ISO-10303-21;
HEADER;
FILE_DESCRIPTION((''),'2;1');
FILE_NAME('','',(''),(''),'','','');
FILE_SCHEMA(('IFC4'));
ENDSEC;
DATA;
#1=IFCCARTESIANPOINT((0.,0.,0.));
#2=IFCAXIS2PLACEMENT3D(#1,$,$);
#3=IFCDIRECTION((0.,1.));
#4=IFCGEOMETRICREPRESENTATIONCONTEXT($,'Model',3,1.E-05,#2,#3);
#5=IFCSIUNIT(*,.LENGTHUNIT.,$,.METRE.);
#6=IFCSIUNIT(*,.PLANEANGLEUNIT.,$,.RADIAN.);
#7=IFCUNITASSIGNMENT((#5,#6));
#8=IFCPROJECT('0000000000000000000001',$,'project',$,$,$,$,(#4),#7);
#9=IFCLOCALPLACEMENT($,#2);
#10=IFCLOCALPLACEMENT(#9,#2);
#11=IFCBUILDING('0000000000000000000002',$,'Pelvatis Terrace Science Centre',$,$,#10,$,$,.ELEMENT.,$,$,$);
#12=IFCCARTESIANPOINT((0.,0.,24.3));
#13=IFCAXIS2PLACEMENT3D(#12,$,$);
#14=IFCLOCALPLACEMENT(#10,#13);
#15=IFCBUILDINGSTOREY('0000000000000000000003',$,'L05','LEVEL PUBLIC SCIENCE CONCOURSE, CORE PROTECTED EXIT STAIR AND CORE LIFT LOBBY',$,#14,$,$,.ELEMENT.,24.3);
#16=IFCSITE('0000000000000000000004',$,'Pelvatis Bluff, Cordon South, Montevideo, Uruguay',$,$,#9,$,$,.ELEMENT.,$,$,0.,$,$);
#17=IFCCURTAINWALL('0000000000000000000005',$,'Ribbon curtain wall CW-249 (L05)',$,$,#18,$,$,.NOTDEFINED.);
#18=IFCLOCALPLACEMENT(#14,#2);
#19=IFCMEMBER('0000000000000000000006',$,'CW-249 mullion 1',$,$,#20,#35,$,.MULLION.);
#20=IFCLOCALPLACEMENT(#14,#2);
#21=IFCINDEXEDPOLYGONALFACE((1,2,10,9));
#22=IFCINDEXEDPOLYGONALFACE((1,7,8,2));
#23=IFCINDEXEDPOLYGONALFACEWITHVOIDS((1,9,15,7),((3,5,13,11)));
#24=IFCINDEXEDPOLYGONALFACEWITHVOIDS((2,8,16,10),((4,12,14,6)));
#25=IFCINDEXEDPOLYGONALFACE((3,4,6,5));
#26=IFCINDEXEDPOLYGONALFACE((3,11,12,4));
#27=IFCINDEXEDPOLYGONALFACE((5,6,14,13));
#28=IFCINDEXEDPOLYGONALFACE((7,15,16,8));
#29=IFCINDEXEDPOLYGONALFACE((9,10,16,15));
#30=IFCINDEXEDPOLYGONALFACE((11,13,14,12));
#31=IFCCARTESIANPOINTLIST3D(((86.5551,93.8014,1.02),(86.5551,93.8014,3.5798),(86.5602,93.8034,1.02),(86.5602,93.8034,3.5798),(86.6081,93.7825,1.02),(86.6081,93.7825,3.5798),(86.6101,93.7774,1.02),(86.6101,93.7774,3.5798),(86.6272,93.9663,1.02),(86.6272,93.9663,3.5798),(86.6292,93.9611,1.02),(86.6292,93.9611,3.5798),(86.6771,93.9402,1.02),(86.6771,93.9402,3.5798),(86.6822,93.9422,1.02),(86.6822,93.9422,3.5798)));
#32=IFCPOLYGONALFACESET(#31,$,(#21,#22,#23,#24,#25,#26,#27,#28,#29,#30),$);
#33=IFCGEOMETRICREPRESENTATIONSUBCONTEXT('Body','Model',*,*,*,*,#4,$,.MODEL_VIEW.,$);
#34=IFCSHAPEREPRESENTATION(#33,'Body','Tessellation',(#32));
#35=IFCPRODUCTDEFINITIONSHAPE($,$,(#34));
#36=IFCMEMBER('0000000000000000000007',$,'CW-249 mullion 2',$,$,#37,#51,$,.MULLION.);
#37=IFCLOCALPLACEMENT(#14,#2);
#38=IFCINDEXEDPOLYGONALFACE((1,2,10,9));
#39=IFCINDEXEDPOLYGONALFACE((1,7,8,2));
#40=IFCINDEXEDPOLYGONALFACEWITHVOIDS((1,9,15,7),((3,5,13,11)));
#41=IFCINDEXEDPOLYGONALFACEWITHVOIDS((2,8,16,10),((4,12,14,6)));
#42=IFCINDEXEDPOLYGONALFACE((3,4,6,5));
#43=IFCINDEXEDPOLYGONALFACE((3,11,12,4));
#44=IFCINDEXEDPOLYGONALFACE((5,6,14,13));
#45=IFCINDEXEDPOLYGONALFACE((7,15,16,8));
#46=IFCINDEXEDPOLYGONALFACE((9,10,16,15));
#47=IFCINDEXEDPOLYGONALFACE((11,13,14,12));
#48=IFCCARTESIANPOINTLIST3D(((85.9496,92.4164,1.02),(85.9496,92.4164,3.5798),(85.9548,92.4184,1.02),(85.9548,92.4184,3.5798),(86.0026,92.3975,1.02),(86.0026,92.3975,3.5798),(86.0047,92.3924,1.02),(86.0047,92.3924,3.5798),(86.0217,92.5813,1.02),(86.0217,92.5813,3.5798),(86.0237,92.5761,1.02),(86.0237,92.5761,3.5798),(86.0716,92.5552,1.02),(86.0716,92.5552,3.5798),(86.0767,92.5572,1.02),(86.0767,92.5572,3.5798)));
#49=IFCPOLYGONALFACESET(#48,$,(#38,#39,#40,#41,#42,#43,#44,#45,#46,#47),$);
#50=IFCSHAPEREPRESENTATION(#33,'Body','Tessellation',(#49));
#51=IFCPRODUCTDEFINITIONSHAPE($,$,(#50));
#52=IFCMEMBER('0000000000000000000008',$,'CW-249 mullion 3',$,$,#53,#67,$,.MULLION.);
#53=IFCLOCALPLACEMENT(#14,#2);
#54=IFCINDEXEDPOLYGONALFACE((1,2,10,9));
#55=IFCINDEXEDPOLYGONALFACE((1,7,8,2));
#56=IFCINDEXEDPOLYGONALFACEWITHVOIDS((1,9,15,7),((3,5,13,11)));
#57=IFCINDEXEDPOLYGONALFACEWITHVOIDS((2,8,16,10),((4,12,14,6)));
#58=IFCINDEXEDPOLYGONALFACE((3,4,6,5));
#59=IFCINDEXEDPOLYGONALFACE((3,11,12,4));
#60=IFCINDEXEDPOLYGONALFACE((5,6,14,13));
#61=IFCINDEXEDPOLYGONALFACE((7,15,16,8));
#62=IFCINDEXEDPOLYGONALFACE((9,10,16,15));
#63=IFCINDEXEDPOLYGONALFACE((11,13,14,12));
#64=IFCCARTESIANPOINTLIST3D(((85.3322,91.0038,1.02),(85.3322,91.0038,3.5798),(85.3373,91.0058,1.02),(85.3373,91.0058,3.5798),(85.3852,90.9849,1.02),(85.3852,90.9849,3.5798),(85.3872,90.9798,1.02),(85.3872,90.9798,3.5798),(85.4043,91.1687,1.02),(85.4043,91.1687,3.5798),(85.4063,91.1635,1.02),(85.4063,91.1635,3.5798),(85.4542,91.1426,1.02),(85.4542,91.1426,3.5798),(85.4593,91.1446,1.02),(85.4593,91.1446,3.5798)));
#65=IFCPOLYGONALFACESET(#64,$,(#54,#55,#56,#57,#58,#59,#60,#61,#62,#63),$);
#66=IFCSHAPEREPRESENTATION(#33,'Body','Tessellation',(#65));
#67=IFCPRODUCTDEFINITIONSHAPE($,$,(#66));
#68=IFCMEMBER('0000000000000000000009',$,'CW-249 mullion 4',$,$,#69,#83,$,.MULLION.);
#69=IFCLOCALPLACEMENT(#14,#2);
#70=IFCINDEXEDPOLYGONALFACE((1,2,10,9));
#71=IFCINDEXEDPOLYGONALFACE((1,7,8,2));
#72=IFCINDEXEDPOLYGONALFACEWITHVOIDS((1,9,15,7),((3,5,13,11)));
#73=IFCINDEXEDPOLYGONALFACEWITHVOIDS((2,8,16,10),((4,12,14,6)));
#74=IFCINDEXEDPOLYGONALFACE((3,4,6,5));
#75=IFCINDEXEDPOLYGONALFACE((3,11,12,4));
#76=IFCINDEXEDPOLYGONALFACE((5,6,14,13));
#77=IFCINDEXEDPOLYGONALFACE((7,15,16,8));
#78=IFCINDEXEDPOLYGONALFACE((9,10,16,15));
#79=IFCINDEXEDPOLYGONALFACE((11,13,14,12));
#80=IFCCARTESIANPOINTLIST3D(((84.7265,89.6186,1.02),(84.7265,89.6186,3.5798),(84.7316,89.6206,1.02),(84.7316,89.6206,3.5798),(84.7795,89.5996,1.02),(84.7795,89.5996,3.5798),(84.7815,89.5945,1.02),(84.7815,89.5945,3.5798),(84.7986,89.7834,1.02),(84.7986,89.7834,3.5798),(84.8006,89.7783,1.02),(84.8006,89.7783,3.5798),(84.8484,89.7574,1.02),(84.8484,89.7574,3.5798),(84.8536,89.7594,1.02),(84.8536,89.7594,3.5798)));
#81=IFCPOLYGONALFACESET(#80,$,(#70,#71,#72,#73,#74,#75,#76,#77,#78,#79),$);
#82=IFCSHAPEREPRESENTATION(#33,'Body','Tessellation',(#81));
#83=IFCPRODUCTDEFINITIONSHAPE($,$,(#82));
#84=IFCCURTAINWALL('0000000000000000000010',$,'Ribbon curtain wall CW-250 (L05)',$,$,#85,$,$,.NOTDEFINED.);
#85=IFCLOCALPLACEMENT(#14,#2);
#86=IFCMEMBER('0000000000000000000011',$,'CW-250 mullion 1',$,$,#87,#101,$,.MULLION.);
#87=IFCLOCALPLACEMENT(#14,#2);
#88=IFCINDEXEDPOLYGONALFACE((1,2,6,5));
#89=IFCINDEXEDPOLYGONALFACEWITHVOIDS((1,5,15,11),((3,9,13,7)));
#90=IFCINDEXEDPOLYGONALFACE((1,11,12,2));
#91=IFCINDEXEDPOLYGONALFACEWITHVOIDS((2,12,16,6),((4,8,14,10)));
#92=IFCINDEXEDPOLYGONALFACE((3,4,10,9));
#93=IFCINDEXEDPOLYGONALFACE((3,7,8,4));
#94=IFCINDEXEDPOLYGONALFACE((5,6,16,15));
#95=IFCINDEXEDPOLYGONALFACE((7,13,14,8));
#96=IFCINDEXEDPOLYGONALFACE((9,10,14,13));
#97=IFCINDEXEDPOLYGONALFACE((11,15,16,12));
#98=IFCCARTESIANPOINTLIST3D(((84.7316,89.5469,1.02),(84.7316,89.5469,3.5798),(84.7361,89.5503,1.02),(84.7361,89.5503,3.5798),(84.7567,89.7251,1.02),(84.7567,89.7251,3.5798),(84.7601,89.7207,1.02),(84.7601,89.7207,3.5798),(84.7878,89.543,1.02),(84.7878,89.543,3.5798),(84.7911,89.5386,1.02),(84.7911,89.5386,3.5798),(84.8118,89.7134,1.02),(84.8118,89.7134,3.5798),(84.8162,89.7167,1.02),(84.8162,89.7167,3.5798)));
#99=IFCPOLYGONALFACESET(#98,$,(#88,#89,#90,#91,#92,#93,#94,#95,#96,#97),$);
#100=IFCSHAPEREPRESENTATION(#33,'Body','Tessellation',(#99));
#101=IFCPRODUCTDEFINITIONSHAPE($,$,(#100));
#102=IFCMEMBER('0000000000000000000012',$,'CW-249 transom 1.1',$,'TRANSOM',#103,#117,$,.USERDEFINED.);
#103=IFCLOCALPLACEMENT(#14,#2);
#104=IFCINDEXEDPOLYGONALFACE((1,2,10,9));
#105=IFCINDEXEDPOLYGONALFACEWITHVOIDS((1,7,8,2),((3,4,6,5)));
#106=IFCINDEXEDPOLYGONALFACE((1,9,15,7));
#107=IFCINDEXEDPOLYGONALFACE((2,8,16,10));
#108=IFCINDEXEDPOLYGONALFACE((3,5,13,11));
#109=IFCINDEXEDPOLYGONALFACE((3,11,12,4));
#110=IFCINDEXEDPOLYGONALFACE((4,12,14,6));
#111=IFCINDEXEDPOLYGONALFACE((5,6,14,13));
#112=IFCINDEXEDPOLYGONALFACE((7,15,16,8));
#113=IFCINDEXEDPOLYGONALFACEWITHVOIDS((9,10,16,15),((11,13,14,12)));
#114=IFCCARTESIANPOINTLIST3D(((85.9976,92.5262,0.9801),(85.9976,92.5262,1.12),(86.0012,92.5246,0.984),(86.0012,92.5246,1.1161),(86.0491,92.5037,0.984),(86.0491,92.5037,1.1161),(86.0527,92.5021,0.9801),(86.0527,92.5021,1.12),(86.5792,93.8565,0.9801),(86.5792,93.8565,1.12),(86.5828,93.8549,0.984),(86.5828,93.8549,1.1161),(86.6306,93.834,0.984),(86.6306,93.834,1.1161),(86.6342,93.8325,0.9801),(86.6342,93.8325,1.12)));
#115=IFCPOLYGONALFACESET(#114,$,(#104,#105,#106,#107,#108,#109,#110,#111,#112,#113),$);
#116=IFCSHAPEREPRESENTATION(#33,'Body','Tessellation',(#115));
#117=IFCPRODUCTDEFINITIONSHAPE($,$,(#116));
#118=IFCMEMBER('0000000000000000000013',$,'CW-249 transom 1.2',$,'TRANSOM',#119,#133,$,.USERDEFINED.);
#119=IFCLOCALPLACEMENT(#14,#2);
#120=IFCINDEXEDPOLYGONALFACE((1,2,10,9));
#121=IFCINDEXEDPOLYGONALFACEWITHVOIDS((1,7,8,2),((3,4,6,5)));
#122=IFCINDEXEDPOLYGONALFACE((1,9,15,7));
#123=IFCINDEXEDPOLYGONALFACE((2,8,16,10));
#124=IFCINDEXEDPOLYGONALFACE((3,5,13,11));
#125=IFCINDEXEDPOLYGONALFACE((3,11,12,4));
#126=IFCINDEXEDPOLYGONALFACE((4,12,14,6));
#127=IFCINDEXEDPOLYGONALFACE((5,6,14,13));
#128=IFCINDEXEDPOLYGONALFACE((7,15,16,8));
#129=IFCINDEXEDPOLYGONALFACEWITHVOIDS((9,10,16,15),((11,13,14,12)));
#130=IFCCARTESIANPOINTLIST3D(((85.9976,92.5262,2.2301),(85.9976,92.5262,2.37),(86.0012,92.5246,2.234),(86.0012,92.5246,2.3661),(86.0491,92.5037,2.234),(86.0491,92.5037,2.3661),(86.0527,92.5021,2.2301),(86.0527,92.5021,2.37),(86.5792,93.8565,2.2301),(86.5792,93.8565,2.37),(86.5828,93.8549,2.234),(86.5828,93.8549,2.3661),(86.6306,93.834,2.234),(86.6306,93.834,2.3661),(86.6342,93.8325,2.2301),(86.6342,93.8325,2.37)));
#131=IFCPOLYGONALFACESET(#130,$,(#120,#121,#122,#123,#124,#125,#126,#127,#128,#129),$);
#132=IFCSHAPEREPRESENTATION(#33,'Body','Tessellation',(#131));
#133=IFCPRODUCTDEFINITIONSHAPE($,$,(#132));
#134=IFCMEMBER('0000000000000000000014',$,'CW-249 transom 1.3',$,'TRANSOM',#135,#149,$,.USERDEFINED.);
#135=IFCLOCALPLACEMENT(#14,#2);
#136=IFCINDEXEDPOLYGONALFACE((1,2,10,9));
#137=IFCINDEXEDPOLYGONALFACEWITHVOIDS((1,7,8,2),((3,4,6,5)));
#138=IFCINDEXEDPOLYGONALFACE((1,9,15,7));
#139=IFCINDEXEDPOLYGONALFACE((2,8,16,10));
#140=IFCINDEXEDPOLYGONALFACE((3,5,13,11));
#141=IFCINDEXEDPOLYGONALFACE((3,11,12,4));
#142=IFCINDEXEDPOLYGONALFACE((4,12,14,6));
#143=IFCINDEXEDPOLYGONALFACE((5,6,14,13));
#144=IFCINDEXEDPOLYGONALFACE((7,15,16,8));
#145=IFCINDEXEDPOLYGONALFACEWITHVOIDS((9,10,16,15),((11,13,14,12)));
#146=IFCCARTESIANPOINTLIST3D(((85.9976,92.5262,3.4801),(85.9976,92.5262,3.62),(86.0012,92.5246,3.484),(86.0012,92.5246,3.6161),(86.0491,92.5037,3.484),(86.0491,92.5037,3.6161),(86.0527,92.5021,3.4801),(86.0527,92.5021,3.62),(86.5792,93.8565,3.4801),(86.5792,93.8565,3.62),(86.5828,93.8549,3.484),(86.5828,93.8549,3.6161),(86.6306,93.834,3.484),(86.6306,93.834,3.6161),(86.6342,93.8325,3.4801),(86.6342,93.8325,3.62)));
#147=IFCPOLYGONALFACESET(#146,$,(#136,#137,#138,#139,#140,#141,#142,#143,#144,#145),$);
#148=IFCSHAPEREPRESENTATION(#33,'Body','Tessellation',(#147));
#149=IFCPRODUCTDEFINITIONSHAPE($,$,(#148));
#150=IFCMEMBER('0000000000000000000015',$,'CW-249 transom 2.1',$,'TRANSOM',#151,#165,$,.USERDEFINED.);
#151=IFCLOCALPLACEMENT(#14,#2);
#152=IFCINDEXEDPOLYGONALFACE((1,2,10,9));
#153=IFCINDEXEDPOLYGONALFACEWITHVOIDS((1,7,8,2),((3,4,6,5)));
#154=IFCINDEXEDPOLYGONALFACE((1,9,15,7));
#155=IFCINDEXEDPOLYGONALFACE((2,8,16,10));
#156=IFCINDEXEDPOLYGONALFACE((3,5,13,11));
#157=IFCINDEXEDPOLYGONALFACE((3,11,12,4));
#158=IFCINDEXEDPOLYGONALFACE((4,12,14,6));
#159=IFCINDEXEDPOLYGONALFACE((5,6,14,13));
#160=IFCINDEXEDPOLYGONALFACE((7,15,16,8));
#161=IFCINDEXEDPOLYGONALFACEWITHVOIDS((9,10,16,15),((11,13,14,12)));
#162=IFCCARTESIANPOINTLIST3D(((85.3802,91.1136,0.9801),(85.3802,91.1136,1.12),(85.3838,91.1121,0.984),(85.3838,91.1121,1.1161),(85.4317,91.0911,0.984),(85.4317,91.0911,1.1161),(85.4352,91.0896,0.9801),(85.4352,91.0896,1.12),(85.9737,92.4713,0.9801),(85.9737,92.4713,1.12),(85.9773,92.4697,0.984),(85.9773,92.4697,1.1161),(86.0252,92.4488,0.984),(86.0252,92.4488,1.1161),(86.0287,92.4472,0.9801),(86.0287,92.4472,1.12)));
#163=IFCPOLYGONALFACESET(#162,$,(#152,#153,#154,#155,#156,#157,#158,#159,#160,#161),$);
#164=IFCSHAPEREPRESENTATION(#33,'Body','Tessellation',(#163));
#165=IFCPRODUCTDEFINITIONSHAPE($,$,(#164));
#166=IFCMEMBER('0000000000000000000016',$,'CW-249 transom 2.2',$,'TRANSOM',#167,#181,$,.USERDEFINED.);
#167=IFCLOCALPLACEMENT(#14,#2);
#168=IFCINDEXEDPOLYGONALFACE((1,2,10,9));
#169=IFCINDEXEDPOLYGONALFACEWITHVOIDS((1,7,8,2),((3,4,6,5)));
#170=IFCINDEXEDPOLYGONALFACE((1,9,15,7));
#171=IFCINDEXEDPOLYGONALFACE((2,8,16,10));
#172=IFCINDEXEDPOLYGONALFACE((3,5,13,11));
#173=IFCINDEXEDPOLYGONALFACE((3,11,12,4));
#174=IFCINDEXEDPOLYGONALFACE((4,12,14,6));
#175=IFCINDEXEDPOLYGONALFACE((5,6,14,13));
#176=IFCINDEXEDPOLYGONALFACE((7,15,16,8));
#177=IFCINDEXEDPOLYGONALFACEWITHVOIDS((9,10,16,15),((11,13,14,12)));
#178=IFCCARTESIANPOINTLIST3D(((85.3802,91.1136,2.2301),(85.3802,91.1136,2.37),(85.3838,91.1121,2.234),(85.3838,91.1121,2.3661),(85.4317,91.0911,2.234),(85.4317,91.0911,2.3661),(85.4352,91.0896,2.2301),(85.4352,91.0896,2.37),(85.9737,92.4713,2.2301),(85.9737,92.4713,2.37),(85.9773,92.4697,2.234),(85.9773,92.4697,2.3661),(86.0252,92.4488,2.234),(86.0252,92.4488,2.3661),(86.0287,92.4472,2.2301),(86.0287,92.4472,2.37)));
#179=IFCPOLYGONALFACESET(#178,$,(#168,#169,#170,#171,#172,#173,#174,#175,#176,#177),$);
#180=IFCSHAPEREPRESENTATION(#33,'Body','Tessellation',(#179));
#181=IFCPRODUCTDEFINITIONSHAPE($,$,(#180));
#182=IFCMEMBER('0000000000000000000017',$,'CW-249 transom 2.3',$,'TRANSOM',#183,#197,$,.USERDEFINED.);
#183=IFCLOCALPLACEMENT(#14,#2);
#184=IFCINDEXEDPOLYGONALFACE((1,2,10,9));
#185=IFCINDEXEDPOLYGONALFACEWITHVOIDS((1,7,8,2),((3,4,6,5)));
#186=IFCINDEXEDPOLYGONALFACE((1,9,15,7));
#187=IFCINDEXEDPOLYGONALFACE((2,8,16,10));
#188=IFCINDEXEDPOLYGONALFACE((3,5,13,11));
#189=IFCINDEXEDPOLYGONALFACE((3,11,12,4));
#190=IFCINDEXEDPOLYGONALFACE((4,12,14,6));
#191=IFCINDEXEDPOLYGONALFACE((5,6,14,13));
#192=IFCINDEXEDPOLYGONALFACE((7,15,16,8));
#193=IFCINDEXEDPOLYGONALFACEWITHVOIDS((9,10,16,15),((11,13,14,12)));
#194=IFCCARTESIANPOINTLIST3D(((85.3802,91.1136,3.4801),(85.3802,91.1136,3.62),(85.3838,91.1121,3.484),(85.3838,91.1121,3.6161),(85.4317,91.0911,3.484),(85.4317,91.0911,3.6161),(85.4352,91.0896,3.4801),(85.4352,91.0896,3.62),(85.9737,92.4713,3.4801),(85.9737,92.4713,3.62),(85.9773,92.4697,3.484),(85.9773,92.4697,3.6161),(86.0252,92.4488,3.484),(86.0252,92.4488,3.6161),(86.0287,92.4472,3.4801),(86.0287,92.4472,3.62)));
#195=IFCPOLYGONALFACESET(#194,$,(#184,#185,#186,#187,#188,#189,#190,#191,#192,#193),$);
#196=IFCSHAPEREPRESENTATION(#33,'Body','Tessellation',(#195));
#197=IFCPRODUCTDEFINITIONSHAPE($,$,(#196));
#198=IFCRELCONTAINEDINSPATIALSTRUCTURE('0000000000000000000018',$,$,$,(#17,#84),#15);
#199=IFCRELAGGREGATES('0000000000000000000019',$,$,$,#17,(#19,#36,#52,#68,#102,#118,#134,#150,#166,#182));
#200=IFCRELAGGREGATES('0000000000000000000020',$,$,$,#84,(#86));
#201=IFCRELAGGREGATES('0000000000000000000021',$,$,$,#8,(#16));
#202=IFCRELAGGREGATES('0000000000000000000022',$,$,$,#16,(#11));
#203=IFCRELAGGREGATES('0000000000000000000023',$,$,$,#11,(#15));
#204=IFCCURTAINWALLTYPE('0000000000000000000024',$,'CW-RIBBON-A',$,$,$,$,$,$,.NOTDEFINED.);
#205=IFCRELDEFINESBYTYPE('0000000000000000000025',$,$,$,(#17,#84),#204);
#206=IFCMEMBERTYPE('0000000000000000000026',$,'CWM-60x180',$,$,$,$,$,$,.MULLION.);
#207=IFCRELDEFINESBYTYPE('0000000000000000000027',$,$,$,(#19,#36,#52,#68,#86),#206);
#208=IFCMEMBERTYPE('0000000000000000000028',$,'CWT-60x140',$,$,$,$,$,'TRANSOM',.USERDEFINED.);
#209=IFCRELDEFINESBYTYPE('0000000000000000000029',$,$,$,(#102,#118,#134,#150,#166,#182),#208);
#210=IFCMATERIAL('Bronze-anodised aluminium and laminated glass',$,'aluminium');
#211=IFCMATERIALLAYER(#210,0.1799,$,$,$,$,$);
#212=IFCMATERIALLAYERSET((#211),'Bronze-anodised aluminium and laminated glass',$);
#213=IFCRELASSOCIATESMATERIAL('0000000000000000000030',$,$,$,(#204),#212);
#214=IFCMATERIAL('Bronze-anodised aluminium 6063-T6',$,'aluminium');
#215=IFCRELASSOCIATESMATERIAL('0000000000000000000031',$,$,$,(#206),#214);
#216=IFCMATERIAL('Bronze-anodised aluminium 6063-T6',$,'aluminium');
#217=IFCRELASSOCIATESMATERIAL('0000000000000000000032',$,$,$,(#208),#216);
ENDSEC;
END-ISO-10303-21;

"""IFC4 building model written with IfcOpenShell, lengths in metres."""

from ifc_helpers import new_model, si_unit, direction, frame, origin, origin_2d, place, context, subcontext, project, spatial, hollow_rectangle, extrude, material, layer, layer_set, material_profile, profile_set, type_object, element, aggregate, save


model = new_model("IFC4")

# Units and contexts
model_context = context("Model", 3, precision=1e-05, world=origin(), true_north=direction((0.0, 1.0)))
body_context = subcontext(model_context, "Body", "Model", "MODEL_VIEW")
ifc_project = project(units=[si_unit("LENGTHUNIT", "METRE"), si_unit("PLANEANGLEUNIT", "RADIAN")], contexts=[model_context])

# Site, building, storey
site_placement = place(None, origin())
site = spatial("IfcSite", under=ifc_project, at=site_placement, Name="Pelvatis Bluff, Cordon South, Montevideo, Uruguay", CompositionType="ELEMENT", RefElevation=0.0)
building_placement = place(site_placement, origin())
building = spatial("IfcBuilding", under=site, at=building_placement, Name="Pelvatis Terrace Science Centre", CompositionType="ELEMENT")
storey_placement = place(building_placement, frame((0.0, 0.0, 24.3)))
storey = spatial("IfcBuildingStorey", under=building, at=storey_placement, Name="L05", Description="LEVEL PUBLIC SCIENCE CONCOURSE, CORE PROTECTED EXIT STAIR AND CORE LIFT LOBBY", CompositionType="ELEMENT", Elevation=24.3)

# Curtain wall, members
ifc_material_1 = material(Name="Bronze-anodised aluminium and laminated glass", Category="aluminium")
ifc_layer_1 = layer(ifc_material_1, 0.1799)
ifc_layer_set_1 = layer_set([ifc_layer_1], Name="Bronze-anodised aluminium and laminated glass")
curtain_wall_type = type_object("IfcCurtainWallType", Name="CW-RIBBON-A", PredefinedType="NOTDEFINED", material=ifc_layer_set_1)
curtain_wall_1_placement = place(storey_placement, origin())
curtain_wall_1 = element("IfcCurtainWall", 1, at=curtain_wall_1_placement, inside=storey, type_object=curtain_wall_type, Name="Ribbon curtain wall CW-249 (L05)", PredefinedType="NOTDEFINED")
ifc_material_2 = material(Name="Bronze-anodised aluminium 6063-T6", Category="aluminium")
ifc_material_profile_1 = material_profile(ifc_material_2, hollow_rectangle(XDim=0.0601, YDim=0.1799, WallThickness=0.0039, at=origin_2d()), Name="ALU-MUL 60x180")
ifc_profile_set_1 = profile_set([ifc_material_profile_1], Name="Bronze-anodised aluminium 6063-T6")
member_type_1 = type_object("IfcMemberType", Name="CWM-60x180", PredefinedType="MULLION", material=ifc_profile_set_1)
member_1_placement = place(storey_placement, frame((86.6187, 93.8718, 1.02), z_axis=(0.0, 0.0, 1.0), x_axis=(0.916275, -0.40055, 0.0)))
member_1 = element("IfcMember", 2, at=member_1_placement, type_object=member_type_1, Name="CW-249 mullion 1", PredefinedType="MULLION", context=body_context, shape_type="SweptSolid", body=[
    extrude(hollow_rectangle(XDim=0.0601, YDim=0.1799, WallThickness=0.0039, at=origin_2d()), origin(), (0.0, 0.0, 1.0), 2.5598),
])
member_2_placement = place(storey_placement, frame((86.0132, 92.4868, 1.02), z_axis=(0.0, 0.0, 1.0), x_axis=(0.916275, -0.40055, 0.0)))
member_2 = element("IfcMember", 3, at=member_2_placement, type_object=member_type_1, Name="CW-249 mullion 2", PredefinedType="MULLION", context=body_context, shape_type="SweptSolid", body=[
    extrude(hollow_rectangle(XDim=0.0601, YDim=0.1799, WallThickness=0.0039, at=origin_2d()), origin(), (0.0, 0.0, 1.0), 2.5598),
])
member_3_placement = place(storey_placement, frame((85.3958, 91.0742, 1.02), z_axis=(0.0, 0.0, 1.0), x_axis=(0.916275, -0.40055, 0.0)))
member_3 = element("IfcMember", 4, at=member_3_placement, type_object=member_type_1, Name="CW-249 mullion 3", PredefinedType="MULLION", context=body_context, shape_type="SweptSolid", body=[
    extrude(hollow_rectangle(XDim=0.0601, YDim=0.1799, WallThickness=0.0039, at=origin_2d()), origin(), (0.0, 0.0, 1.0), 2.5598),
])
member_4_placement = place(storey_placement, frame((84.79, 89.689, 1.02), z_axis=(0.0, 0.0, 1.0), x_axis=(0.916275, -0.40055, 0.0)))
member_4 = element("IfcMember", 5, at=member_4_placement, type_object=member_type_1, Name="CW-249 mullion 4", PredefinedType="MULLION", context=body_context, shape_type="SweptSolid", body=[
    extrude(hollow_rectangle(XDim=0.0601, YDim=0.1799, WallThickness=0.0039, at=origin_2d()), origin(), (0.0, 0.0, 1.0), 2.5598),
])

# Curtain wall, member
curtain_wall_2_placement = place(storey_placement, origin())
curtain_wall_2 = element("IfcCurtainWall", 6, at=curtain_wall_2_placement, inside=storey, type_object=curtain_wall_type, Name="Ribbon curtain wall CW-250 (L05)", PredefinedType="NOTDEFINED")
member_5_placement = place(storey_placement, frame((84.7739, 89.6318, 1.02), z_axis=(0.0, 0.0, 1.0), x_axis=(0.990235, -0.139408, 0.0)))
member_5 = element("IfcMember", 7, at=member_5_placement, type_object=member_type_1, Name="CW-250 mullion 1", PredefinedType="MULLION", context=body_context, shape_type="SweptSolid", body=[
    extrude(hollow_rectangle(XDim=0.0601, YDim=0.1799, WallThickness=0.0039, at=origin_2d()), origin(), (0.0, 0.0, 1.0), 2.5598),
])

# Members
ifc_material_3 = material(Name="Bronze-anodised aluminium 6063-T6", Category="aluminium")
ifc_material_profile_2 = material_profile(ifc_material_3, hollow_rectangle(XDim=0.0601, YDim=0.1399, WallThickness=0.0039, at=origin_2d()), Name="ALU-TRN 60x140")
ifc_profile_set_2 = profile_set([ifc_material_profile_2], Name="Bronze-anodised aluminium 6063-T6")
member_type_2 = type_object("IfcMemberType", Name="CWT-60x140", ElementType="TRANSOM", PredefinedType="USERDEFINED", material=ifc_profile_set_2)
member_6_placement = place(storey_placement, frame((86.6067, 93.8445, 1.05), z_axis=(-0.400545, -0.916277, 0.0), x_axis=(0.916277, -0.400545, 0.0)))
member_6 = element("IfcMember", 8, at=member_6_placement, type_object=member_type_2, Name="CW-249 transom 1.1", ObjectType="TRANSOM", PredefinedType="USERDEFINED", context=body_context, shape_type="SweptSolid", body=[
    extrude(hollow_rectangle(XDim=0.0601, YDim=0.1399, WallThickness=0.0039, at=origin_2d()), origin(), (0.0, 0.0, 1.0), 1.4519),
])
member_7_placement = place(storey_placement, frame((86.6067, 93.8445, 2.3), z_axis=(-0.400545, -0.916277, 0.0), x_axis=(0.916277, -0.400545, 0.0)))
member_7 = element("IfcMember", 9, at=member_7_placement, type_object=member_type_2, Name="CW-249 transom 1.2", ObjectType="TRANSOM", PredefinedType="USERDEFINED", context=body_context, shape_type="SweptSolid", body=[
    extrude(hollow_rectangle(XDim=0.0601, YDim=0.1399, WallThickness=0.0039, at=origin_2d()), origin(), (0.0, 0.0, 1.0), 1.4519),
])
member_8_placement = place(storey_placement, frame((86.6067, 93.8445, 3.55), z_axis=(-0.400545, -0.916277, 0.0), x_axis=(0.916277, -0.400545, 0.0)))
member_8 = element("IfcMember", 10, at=member_8_placement, type_object=member_type_2, Name="CW-249 transom 1.3", ObjectType="TRANSOM", PredefinedType="USERDEFINED", context=body_context, shape_type="SweptSolid", body=[
    extrude(hollow_rectangle(XDim=0.0601, YDim=0.1399, WallThickness=0.0039, at=origin_2d()), origin(), (0.0, 0.0, 1.0), 1.4519),
])
member_9_placement = place(storey_placement, frame((86.0012, 92.4592, 1.05), z_axis=(-0.400551, -0.916275, 0.0), x_axis=(0.916275, -0.400551, 0.0)))
member_9 = element("IfcMember", 11, at=member_9_placement, type_object=member_type_2, Name="CW-249 transom 2.1", ObjectType="TRANSOM", PredefinedType="USERDEFINED", context=body_context, shape_type="SweptSolid", body=[
    extrude(hollow_rectangle(XDim=0.0601, YDim=0.1399, WallThickness=0.0039, at=origin_2d()), origin(), (0.0, 0.0, 1.0), 1.4817),
])
member_10_placement = place(storey_placement, frame((86.0012, 92.4592, 2.3), z_axis=(-0.400551, -0.916275, 0.0), x_axis=(0.916275, -0.400551, 0.0)))
member_10 = element("IfcMember", 12, at=member_10_placement, type_object=member_type_2, Name="CW-249 transom 2.2", ObjectType="TRANSOM", PredefinedType="USERDEFINED", context=body_context, shape_type="SweptSolid", body=[
    extrude(hollow_rectangle(XDim=0.0601, YDim=0.1399, WallThickness=0.0039, at=origin_2d()), origin(), (0.0, 0.0, 1.0), 1.4817),
])
member_11_placement = place(storey_placement, frame((86.0012, 92.4592, 3.55), z_axis=(-0.400551, -0.916275, 0.0), x_axis=(0.916275, -0.400551, 0.0)))
member_11 = element("IfcMember", 13, at=member_11_placement, type_object=member_type_2, Name="CW-249 transom 2.3", ObjectType="TRANSOM", PredefinedType="USERDEFINED", context=body_context, shape_type="SweptSolid", body=[
    extrude(hollow_rectangle(XDim=0.0601, YDim=0.1399, WallThickness=0.0039, at=origin_2d()), origin(), (0.0, 0.0, 1.0), 1.4817),
])

aggregate(curtain_wall_1, [member_1, member_2, member_3, member_4, member_6, member_7, member_8, member_9, member_10, member_11])
aggregate(curtain_wall_2, [member_5])

save(model, "model.ifc")
